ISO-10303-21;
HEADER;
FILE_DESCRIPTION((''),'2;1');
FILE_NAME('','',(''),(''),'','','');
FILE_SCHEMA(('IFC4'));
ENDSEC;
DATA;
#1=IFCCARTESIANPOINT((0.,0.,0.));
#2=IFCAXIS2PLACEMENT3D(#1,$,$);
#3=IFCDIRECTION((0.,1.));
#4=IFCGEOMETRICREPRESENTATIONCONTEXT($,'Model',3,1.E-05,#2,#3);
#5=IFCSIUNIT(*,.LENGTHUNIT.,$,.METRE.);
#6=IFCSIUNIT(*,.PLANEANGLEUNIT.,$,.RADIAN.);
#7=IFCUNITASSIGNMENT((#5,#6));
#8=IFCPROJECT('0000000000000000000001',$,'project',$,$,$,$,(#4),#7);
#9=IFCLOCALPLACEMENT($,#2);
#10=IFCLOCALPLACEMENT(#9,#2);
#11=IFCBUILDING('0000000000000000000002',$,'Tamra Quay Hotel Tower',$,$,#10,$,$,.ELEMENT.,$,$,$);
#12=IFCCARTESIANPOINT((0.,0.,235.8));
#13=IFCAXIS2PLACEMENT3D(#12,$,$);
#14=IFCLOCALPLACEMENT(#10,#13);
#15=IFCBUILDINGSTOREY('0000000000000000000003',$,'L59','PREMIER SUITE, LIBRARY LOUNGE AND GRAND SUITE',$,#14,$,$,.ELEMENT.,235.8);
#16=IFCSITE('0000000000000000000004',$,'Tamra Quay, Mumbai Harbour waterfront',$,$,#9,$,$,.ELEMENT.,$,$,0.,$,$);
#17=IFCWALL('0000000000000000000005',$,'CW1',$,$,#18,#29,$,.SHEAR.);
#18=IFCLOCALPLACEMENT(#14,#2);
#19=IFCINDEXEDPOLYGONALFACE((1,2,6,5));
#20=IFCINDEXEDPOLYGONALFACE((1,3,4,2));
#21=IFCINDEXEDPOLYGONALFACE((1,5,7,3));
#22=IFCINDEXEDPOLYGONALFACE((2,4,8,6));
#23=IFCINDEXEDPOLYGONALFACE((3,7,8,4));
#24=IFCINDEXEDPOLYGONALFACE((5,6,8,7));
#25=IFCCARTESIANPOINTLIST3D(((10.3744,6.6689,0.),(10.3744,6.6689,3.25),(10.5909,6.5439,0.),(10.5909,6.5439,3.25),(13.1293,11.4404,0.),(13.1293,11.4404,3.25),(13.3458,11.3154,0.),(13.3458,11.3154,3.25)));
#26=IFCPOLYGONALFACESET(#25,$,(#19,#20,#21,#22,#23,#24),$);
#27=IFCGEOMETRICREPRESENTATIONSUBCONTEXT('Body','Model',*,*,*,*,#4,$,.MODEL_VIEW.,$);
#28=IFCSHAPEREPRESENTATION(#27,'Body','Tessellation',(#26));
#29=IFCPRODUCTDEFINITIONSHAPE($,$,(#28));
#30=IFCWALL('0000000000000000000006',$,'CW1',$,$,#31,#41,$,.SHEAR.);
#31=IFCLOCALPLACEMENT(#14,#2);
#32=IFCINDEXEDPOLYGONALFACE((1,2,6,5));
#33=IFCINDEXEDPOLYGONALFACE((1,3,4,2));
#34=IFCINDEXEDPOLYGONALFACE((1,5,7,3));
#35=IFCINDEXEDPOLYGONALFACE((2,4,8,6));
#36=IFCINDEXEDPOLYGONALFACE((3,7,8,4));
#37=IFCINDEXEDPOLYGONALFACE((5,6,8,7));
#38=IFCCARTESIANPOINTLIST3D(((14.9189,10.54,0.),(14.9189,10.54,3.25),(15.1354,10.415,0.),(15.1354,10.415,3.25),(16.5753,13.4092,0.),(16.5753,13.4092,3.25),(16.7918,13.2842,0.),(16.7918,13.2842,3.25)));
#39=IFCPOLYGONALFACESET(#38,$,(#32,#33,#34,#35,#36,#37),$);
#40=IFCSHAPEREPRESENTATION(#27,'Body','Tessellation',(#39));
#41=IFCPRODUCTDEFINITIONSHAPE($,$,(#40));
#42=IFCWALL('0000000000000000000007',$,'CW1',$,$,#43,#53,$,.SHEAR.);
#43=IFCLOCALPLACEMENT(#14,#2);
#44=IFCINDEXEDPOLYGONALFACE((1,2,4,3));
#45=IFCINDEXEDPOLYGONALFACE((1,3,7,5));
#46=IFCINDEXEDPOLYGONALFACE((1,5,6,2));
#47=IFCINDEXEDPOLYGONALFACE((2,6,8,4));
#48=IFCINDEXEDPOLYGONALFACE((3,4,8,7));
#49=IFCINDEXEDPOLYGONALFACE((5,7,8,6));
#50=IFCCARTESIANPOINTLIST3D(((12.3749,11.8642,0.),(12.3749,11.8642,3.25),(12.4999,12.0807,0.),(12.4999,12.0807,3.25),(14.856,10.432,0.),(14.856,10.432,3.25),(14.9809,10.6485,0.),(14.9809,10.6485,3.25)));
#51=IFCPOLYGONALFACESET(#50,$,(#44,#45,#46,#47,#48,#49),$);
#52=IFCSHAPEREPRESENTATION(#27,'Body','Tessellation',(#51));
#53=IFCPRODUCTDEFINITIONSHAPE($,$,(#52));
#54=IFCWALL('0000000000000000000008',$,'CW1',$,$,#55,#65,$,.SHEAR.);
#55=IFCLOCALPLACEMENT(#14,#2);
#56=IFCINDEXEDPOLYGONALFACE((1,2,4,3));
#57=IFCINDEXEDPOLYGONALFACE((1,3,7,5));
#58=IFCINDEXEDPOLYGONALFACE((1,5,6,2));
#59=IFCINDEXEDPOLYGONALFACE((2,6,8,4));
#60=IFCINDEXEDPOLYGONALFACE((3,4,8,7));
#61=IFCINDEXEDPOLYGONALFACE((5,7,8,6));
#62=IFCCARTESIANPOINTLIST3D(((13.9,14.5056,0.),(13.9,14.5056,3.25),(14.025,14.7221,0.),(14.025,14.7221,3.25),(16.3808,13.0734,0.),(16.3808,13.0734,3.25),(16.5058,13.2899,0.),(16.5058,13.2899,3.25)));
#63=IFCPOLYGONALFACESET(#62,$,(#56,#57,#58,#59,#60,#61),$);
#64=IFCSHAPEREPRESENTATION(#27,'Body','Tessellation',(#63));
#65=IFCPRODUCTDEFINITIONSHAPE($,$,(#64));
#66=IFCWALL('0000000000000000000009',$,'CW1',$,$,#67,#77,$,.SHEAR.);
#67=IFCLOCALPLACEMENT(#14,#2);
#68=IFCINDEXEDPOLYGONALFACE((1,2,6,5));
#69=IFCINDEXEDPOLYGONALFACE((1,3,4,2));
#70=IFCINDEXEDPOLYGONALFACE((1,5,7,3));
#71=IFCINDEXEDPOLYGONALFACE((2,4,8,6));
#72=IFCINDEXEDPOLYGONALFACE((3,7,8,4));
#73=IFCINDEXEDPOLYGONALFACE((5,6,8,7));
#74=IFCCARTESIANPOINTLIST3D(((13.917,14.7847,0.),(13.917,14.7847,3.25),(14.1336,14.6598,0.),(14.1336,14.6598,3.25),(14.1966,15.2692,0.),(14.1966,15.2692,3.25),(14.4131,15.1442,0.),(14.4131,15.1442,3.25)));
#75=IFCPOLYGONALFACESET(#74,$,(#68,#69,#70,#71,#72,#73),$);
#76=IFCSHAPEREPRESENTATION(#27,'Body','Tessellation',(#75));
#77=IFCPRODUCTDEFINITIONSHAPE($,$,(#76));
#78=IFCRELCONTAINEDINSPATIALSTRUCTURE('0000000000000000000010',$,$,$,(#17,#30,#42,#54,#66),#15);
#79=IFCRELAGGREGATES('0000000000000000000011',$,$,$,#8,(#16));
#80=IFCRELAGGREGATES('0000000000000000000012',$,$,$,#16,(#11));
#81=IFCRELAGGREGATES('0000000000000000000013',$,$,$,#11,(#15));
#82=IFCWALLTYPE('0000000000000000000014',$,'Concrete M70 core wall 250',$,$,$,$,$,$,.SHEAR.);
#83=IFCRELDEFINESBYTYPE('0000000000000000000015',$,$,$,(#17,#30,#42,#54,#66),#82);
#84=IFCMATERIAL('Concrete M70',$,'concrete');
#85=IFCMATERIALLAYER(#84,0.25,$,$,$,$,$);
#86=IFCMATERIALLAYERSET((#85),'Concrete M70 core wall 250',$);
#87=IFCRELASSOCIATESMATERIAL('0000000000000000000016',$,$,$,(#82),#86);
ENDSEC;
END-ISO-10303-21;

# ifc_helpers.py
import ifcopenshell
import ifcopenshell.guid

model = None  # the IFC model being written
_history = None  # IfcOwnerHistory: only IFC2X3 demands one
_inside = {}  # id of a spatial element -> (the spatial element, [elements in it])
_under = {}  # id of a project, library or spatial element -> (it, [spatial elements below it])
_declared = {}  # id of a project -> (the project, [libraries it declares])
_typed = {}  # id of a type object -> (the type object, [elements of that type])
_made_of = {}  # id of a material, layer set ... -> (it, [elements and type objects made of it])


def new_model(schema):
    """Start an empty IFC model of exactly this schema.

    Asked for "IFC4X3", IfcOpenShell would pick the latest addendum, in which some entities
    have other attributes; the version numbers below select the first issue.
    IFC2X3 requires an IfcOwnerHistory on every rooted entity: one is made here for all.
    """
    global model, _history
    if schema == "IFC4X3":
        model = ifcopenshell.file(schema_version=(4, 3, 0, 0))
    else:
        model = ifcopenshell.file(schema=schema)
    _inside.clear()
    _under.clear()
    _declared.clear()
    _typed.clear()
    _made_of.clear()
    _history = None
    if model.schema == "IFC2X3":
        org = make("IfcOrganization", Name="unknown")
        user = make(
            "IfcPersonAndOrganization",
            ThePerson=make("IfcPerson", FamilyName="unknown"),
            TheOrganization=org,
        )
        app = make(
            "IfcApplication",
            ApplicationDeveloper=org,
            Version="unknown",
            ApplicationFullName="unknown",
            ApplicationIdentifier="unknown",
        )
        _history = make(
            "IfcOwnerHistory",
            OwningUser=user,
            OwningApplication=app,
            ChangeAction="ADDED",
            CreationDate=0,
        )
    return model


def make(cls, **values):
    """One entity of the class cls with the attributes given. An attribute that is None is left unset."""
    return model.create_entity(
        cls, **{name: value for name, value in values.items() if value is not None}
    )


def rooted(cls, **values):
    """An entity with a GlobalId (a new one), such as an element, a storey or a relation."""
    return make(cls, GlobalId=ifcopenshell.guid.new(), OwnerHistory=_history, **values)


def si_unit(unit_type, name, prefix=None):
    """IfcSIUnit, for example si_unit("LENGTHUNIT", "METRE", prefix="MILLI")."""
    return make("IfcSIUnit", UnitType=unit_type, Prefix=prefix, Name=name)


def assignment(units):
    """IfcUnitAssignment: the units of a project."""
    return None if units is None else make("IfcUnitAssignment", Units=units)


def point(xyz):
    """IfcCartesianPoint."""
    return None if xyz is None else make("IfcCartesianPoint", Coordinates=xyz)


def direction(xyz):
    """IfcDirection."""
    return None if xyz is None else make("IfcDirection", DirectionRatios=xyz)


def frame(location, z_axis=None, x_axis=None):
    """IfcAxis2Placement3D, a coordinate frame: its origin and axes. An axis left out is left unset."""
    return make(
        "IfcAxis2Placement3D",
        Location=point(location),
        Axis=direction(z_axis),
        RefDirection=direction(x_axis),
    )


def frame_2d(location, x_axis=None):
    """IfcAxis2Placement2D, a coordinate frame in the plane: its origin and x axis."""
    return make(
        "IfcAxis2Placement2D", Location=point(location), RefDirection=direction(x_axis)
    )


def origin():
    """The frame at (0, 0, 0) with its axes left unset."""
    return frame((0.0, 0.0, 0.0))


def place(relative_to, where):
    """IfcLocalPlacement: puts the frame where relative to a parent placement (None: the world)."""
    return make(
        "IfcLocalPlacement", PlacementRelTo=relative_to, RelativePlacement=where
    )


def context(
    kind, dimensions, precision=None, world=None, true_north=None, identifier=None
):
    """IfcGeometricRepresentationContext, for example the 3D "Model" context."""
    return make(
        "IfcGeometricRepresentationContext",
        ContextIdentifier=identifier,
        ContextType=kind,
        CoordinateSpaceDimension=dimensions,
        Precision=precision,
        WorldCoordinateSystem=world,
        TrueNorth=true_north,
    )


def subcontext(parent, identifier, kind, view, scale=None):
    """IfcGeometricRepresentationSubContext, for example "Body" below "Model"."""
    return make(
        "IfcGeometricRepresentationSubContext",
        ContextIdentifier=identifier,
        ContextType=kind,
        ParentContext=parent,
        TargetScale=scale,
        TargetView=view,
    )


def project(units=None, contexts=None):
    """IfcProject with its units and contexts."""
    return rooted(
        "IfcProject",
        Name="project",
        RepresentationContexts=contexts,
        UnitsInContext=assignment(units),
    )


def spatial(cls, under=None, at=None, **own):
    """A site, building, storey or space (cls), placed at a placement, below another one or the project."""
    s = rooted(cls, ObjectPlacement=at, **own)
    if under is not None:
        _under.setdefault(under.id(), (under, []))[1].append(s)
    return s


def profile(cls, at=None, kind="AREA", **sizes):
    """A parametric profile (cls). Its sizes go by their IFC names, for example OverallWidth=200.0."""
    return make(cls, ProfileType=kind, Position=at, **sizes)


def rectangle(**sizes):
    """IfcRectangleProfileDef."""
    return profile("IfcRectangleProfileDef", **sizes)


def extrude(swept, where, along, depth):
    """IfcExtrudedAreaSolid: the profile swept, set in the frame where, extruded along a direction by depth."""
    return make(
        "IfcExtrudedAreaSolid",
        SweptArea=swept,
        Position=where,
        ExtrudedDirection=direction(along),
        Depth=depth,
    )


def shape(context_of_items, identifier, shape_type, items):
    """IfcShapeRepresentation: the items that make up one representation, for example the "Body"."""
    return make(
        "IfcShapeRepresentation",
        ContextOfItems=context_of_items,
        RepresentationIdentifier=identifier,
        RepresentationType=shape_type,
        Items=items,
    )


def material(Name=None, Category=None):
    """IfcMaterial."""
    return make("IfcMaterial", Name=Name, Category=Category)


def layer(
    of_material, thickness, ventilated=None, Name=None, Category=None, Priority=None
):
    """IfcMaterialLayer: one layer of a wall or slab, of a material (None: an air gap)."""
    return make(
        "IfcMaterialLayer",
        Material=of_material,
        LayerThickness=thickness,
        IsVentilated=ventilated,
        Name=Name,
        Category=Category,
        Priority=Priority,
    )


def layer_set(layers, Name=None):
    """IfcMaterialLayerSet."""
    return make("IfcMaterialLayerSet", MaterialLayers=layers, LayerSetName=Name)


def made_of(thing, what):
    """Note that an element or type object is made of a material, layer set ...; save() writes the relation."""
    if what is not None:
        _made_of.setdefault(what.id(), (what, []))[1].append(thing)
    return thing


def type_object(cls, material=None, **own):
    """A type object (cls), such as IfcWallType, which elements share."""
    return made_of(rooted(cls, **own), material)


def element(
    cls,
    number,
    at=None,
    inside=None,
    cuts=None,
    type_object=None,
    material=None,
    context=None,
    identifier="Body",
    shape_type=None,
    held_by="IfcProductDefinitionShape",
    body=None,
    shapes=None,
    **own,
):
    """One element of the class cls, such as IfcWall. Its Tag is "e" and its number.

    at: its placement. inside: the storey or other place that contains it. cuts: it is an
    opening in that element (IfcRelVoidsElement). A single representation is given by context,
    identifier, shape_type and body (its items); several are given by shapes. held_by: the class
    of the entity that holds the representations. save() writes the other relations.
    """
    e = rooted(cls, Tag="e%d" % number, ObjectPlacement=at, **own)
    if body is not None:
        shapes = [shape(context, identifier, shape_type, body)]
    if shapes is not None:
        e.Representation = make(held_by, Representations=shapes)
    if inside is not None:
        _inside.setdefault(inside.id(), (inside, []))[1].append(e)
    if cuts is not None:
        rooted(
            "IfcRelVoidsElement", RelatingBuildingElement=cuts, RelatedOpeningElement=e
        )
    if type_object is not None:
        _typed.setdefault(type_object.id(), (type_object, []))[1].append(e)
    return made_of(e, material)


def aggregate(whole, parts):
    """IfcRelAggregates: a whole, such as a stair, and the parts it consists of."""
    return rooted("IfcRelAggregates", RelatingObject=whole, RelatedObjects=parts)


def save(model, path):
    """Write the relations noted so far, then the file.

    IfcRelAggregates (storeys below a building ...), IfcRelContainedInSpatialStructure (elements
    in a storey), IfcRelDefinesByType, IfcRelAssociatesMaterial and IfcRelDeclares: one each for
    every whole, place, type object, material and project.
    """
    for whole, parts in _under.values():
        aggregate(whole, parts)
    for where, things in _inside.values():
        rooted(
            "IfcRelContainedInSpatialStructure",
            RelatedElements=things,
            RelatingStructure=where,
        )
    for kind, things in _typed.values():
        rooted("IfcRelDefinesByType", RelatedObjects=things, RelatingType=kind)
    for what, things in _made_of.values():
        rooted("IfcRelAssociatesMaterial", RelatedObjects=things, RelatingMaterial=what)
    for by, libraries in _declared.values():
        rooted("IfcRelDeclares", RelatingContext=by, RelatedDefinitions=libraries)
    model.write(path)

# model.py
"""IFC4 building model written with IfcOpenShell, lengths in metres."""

from ifc_helpers import new_model, si_unit, direction, frame, frame_2d, origin, place, context, subcontext, project, spatial, rectangle, extrude, material, layer, layer_set, type_object, element, save


model = new_model("IFC4")

# Units and contexts
model_context = context("Model", 3, precision=1e-05, world=origin(), true_north=direction((0.0, 1.0)))
body_context = subcontext(model_context, "Body", "Model", "MODEL_VIEW")
ifc_project = project(units=[si_unit("LENGTHUNIT", "METRE"), si_unit("PLANEANGLEUNIT", "RADIAN")], contexts=[model_context])

# Site, building, storey
site_placement = place(None, origin())
site = spatial("IfcSite", under=ifc_project, at=site_placement, Name="Tamra Quay, Mumbai Harbour waterfront", CompositionType="ELEMENT", RefElevation=0.0)
building_placement = place(site_placement, origin())
building = spatial("IfcBuilding", under=site, at=building_placement, Name="Tamra Quay Hotel Tower", CompositionType="ELEMENT")
storey_placement = place(building_placement, frame((0.0, 0.0, 235.8)))
storey = spatial("IfcBuildingStorey", under=building, at=storey_placement, Name="L59", Description="PREMIER SUITE, LIBRARY LOUNGE AND GRAND SUITE", CompositionType="ELEMENT", Elevation=235.8)

# Shared definitions
ifc_material_1 = material(Name="Concrete M70", Category="concrete")

# Walls
ifc_layer_1 = layer(ifc_material_1, 0.25)
ifc_layer_set_1 = layer_set([ifc_layer_1], Name="Concrete M70 core wall 250")
wall_type_1 = type_object("IfcWallType", Name="Concrete M70 core wall 250", PredefinedType="SHEAR", material=ifc_layer_set_1)
wall_1_placement = place(storey_placement, frame((13.2375, 11.3779, 0.0), z_axis=(0.0, 0.0, 1.0), x_axis=(-0.500009, -0.86602, 0.0)))
element("IfcWall", 1, at=wall_1_placement, inside=storey, type_object=wall_type_1, Name="CW1", PredefinedType="SHEAR", context=body_context, shape_type="SweptSolid", body=[
    extrude(rectangle(XDim=5.5098, YDim=0.25, at=frame_2d((2.7549, 0.0))), origin(), (0.0, 0.0, 1.0), 3.25),
])
wall_2_placement = place(storey_placement, frame((16.6836, 13.3467, 0.0), z_axis=(0.0, 0.0, 1.0), x_axis=(-0.499999, -0.866026, 0.0)))
element("IfcWall", 2, at=wall_2_placement, inside=storey, type_object=wall_type_1, Name="CW1", PredefinedType="SHEAR", context=body_context, shape_type="SweptSolid", body=[
    extrude(rectangle(XDim=3.313, YDim=0.25, at=frame_2d((1.6565, 0.0))), origin(), (0.0, 0.0, 1.0), 3.25),
])
wall_3_placement = place(storey_placement, frame((14.9185, 10.5403, 0.0), z_axis=(0.0, 0.0, 1.0), x_axis=(-0.866064, 0.499934, 0.0)))
element("IfcWall", 3, at=wall_3_placement, inside=storey, type_object=wall_type_1, Name="CW1", PredefinedType="SHEAR", context=body_context, shape_type="SweptSolid", body=[
    extrude(rectangle(XDim=2.8647, YDim=0.25, at=frame_2d((1.4324, 0.0))), origin(), (0.0, 0.0, 1.0), 3.25),
])
wall_4_placement = place(storey_placement, frame((13.9626, 14.6138, 0.0), z_axis=(0.0, 0.0, 1.0), x_axis=(0.866042, -0.499971, 0.0)))
element("IfcWall", 4, at=wall_4_placement, inside=storey, type_object=wall_type_1, Name="CW1", PredefinedType="SHEAR", context=body_context, shape_type="SweptSolid", body=[
    extrude(rectangle(XDim=2.8645, YDim=0.25, at=frame_2d((1.4321, 0.0))), origin(), (0.0, 0.0, 1.0), 3.25),
])
wall_5_placement = place(storey_placement, frame((14.3049, 15.2068, 0.0), z_axis=(0.0, 0.0, 1.0), x_axis=(-0.499848, -0.866113, 0.0)))
element("IfcWall", 5, at=wall_5_placement, inside=storey, type_object=wall_type_1, Name="CW1", PredefinedType="SHEAR", context=body_context, shape_type="SweptSolid", body=[
    extrude(rectangle(XDim=0.5593, YDim=0.25, at=frame_2d((0.2798, 0.0))), origin(), (0.0, 0.0, 1.0), 3.25),
])

save(model, "model.ifc")
